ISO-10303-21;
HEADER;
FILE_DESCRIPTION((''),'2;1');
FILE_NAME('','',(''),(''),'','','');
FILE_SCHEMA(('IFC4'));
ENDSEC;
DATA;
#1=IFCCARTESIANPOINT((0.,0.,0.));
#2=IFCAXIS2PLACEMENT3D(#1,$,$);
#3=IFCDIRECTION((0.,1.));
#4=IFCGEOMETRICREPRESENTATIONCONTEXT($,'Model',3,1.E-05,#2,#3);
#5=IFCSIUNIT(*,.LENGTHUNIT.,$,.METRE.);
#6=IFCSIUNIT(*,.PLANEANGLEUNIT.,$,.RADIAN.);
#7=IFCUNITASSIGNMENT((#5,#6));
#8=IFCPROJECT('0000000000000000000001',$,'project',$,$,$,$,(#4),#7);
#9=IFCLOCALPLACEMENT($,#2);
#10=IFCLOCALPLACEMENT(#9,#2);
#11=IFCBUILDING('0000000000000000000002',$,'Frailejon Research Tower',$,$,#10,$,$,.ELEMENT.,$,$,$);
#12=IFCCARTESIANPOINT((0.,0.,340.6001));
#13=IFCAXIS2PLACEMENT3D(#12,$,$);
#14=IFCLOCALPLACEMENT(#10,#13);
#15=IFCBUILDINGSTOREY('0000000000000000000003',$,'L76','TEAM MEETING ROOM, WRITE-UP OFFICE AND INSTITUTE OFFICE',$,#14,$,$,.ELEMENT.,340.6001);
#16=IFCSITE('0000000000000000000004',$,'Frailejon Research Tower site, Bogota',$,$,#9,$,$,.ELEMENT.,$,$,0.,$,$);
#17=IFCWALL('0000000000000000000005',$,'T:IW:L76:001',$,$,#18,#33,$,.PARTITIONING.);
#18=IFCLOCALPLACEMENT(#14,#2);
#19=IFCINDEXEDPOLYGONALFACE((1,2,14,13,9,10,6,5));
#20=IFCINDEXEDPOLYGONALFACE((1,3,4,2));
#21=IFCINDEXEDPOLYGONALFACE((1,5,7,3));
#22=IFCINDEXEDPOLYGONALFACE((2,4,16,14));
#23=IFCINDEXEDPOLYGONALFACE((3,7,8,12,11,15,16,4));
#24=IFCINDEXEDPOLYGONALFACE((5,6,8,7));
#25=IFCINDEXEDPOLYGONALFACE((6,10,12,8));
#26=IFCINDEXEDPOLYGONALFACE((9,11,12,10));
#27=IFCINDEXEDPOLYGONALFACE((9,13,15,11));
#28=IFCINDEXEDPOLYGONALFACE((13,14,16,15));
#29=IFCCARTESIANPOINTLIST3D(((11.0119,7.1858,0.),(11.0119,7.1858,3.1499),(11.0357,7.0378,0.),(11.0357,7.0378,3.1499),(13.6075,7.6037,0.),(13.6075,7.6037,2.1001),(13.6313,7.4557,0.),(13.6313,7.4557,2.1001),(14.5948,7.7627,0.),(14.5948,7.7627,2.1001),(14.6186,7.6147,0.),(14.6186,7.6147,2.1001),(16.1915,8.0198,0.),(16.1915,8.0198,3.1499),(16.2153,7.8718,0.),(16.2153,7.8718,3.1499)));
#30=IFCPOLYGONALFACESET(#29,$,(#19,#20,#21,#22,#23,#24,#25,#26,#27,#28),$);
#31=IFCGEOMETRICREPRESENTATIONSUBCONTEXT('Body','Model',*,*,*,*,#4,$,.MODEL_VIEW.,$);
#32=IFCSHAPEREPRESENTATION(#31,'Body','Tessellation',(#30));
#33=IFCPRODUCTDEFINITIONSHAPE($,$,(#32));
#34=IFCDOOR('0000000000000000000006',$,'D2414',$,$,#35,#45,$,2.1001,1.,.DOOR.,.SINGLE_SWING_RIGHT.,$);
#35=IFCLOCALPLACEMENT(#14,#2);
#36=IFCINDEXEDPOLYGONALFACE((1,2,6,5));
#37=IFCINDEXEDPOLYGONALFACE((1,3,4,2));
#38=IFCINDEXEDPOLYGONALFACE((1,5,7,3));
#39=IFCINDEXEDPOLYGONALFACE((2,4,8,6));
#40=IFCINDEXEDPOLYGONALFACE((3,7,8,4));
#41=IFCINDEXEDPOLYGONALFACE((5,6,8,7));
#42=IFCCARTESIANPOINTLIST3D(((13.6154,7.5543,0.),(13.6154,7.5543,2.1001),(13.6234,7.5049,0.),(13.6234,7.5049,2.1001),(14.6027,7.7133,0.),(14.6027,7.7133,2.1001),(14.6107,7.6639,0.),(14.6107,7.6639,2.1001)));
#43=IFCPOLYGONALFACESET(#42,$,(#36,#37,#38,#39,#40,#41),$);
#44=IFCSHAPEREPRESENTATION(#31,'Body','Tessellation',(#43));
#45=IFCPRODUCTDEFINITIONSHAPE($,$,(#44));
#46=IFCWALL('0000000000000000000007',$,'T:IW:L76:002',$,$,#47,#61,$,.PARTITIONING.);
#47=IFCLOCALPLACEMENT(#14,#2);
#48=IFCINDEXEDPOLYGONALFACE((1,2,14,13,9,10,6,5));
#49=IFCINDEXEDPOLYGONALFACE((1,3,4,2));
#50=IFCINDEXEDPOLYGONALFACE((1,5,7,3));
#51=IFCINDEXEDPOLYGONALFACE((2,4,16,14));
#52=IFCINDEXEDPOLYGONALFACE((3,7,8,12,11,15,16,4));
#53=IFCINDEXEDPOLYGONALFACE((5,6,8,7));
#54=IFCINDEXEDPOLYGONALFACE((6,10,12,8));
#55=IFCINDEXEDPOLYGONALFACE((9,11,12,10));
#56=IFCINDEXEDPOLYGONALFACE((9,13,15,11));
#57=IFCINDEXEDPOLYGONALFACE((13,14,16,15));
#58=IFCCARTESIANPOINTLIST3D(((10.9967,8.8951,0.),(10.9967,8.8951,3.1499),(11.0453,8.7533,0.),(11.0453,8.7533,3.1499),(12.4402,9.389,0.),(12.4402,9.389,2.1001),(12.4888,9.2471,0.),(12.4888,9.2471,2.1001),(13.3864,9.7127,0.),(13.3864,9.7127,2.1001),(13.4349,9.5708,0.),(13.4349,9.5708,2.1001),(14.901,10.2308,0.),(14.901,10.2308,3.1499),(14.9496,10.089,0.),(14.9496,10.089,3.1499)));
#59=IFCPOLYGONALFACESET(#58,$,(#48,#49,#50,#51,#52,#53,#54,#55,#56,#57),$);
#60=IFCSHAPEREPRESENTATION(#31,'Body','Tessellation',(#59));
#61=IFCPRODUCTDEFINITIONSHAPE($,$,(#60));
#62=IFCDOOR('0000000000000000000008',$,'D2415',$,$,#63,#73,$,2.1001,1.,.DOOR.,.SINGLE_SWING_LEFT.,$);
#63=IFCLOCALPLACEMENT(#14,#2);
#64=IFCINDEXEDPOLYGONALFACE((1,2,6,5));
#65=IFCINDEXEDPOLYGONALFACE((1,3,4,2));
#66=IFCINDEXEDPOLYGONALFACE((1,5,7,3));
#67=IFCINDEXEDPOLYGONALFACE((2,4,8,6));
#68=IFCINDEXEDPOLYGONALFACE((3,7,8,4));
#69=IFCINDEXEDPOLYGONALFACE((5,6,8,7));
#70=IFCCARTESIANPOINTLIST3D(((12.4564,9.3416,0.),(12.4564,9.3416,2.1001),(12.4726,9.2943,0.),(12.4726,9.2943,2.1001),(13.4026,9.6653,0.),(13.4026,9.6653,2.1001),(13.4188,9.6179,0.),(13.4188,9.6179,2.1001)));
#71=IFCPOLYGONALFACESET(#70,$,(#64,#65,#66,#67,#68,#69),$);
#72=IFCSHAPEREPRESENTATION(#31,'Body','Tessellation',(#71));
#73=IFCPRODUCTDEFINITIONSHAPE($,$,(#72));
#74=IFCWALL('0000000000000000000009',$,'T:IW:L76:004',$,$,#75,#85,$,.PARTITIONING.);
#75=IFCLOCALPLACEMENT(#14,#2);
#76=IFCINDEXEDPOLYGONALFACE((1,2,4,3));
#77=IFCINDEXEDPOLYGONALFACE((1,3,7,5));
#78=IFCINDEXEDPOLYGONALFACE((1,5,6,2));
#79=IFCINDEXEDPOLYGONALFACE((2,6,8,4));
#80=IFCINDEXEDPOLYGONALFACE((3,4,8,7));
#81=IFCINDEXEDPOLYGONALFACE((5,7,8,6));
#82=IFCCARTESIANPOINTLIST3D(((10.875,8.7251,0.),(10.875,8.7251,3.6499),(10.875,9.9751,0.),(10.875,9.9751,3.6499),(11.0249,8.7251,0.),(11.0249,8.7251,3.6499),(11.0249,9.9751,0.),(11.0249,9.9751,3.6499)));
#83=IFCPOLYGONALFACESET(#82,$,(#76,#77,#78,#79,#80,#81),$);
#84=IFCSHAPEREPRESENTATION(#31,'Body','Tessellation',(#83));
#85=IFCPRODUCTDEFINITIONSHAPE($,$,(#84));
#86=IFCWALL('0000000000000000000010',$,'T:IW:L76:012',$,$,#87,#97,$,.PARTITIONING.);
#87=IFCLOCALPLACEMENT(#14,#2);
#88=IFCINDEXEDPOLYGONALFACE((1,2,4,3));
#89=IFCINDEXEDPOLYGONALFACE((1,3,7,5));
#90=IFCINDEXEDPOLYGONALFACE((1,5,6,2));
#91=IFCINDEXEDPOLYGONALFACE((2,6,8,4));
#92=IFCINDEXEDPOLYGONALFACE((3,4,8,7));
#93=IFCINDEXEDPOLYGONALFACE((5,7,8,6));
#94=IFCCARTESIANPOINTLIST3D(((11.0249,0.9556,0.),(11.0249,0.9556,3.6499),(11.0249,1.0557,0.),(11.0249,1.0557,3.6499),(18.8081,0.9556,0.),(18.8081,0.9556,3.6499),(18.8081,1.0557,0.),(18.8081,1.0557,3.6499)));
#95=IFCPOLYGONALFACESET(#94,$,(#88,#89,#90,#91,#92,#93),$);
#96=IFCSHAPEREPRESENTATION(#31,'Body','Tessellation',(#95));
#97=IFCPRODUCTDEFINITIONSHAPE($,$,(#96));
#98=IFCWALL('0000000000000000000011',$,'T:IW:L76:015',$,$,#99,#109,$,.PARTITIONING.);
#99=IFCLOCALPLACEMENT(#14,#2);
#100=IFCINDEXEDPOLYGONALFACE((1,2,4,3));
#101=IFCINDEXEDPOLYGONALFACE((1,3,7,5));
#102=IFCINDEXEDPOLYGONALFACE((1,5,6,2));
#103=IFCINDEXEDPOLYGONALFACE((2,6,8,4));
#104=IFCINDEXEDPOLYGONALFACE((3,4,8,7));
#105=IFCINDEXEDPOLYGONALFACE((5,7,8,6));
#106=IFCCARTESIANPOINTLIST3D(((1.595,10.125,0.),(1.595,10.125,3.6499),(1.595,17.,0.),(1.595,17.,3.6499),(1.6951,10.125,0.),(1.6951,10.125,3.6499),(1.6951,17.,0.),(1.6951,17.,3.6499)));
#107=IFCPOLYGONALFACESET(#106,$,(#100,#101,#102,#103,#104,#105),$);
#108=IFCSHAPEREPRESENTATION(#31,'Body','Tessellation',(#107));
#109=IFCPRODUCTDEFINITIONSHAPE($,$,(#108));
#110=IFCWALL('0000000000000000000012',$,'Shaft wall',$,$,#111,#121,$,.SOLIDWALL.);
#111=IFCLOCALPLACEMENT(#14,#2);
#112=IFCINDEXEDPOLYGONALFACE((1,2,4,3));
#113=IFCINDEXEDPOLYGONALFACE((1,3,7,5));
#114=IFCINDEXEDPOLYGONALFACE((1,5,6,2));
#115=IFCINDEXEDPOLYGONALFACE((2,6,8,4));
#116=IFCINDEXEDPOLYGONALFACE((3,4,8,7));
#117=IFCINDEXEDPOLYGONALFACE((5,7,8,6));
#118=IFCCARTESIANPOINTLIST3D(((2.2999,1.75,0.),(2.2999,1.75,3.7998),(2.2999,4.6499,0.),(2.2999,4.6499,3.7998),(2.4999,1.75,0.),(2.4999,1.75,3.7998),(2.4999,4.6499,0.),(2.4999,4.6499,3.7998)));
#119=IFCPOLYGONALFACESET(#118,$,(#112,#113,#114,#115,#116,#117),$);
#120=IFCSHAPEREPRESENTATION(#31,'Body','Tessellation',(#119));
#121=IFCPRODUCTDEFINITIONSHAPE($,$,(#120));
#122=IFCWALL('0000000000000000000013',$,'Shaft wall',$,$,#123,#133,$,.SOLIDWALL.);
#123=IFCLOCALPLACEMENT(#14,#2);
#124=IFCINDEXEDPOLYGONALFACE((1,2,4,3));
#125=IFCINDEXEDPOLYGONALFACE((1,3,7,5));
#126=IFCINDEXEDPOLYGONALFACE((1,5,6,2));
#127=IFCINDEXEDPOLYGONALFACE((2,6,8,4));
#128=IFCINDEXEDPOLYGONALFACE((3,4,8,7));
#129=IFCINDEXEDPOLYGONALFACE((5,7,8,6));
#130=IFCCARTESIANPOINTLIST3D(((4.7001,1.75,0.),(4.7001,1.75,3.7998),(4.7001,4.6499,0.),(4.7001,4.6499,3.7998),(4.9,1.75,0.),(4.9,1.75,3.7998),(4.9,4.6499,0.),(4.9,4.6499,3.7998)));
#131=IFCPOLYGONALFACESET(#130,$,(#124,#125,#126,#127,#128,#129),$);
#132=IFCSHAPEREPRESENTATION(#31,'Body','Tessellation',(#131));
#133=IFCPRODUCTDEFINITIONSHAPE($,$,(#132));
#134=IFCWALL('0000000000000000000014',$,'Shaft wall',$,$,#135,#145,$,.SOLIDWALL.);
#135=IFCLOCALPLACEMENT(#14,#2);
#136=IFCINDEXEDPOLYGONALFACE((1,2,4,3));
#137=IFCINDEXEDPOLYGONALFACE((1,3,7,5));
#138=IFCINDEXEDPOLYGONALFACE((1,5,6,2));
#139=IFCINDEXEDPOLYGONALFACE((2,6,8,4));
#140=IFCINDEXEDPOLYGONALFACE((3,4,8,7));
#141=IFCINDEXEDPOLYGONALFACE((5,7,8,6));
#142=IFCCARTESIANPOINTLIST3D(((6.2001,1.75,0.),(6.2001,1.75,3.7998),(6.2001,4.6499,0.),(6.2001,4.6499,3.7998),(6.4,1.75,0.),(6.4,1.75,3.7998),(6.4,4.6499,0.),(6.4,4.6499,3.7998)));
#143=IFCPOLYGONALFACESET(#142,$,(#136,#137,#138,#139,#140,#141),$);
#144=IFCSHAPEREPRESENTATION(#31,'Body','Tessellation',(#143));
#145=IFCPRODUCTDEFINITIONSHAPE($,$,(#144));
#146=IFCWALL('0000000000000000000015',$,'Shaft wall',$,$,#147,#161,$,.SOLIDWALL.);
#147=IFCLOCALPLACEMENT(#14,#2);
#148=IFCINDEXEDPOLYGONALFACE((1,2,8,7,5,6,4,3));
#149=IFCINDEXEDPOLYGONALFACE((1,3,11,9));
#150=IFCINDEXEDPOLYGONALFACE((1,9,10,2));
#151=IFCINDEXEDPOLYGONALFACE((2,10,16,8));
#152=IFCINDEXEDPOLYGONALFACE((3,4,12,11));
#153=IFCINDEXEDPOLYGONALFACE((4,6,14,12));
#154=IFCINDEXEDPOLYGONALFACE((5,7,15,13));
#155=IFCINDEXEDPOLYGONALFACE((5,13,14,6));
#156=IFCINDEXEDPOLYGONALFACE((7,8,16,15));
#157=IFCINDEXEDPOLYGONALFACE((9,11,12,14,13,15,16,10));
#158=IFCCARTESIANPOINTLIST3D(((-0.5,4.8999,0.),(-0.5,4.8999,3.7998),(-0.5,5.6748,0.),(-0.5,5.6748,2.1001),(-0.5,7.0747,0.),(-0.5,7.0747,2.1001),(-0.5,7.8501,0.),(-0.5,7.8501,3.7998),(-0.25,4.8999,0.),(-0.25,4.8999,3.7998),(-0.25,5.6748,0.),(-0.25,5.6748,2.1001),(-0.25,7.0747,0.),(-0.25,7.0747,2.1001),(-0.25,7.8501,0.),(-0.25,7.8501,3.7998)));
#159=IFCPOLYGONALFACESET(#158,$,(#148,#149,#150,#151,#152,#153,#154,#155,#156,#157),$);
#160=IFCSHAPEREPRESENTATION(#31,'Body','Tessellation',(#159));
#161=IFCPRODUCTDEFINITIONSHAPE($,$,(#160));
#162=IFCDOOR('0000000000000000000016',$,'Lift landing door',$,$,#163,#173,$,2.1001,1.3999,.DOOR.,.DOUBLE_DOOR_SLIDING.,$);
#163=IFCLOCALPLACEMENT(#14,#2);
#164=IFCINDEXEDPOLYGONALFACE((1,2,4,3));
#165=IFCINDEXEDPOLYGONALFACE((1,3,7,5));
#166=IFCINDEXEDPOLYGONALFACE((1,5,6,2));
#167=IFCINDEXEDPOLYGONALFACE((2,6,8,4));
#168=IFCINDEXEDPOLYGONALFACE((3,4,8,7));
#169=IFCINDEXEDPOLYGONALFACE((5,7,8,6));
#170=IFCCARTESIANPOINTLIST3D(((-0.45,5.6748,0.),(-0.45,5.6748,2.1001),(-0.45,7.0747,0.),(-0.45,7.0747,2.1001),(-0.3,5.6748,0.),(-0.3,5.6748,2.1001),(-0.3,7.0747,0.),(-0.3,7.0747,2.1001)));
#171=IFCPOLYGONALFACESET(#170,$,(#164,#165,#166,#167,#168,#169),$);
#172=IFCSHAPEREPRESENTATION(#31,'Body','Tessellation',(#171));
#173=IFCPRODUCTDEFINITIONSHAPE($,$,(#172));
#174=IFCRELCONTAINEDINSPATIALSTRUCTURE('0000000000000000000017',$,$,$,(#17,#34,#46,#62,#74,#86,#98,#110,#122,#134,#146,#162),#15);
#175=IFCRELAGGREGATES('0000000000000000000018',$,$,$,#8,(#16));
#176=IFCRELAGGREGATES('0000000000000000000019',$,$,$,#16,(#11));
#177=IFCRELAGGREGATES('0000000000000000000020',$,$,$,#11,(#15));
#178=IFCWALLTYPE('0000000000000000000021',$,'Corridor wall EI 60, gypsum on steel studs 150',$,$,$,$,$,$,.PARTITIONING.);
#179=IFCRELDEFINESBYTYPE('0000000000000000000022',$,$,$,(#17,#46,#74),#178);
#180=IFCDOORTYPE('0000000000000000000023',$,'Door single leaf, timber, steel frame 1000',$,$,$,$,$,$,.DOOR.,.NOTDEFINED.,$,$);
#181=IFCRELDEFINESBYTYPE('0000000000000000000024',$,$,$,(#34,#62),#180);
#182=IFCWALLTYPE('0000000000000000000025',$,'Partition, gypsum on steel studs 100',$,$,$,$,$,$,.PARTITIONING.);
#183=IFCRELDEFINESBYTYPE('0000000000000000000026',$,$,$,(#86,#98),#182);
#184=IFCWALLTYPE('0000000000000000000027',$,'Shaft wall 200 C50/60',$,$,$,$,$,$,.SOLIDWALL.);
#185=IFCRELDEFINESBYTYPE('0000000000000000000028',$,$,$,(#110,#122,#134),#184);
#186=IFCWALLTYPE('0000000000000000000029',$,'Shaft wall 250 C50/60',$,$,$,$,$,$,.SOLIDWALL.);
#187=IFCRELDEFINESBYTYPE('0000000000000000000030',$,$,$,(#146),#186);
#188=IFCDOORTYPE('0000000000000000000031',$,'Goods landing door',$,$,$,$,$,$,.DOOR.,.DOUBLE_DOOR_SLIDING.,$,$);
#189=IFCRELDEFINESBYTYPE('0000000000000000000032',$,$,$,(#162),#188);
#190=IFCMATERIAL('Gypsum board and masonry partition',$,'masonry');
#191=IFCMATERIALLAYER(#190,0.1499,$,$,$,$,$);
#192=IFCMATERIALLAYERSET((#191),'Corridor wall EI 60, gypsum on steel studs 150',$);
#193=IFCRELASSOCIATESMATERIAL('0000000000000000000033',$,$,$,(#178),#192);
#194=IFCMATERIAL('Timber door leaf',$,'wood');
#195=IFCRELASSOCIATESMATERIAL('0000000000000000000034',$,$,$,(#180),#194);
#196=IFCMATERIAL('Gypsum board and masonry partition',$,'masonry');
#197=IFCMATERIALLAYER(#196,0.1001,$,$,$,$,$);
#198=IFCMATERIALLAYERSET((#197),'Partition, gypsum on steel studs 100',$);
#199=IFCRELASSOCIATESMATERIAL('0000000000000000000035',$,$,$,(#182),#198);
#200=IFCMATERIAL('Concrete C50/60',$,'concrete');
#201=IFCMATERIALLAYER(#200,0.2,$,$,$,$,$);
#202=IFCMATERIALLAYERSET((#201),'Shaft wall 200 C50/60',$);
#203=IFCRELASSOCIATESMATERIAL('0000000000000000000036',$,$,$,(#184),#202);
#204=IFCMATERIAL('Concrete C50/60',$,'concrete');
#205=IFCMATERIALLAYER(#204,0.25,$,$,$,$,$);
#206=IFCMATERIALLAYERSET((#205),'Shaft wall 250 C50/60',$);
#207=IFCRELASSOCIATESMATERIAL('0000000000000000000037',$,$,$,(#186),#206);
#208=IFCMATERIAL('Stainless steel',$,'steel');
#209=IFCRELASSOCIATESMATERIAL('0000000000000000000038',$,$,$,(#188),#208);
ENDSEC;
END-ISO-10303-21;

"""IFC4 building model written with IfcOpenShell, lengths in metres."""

from ifc_helpers import new_model, si_unit, direction, frame, frame_2d, origin, place, context, subcontext, project, spatial, rectangle, extrude, material, layer, layer_set, type_object, element, fill, save


model = new_model("IFC4")

# Units and contexts
model_context = context("Model", 3, precision=1e-05, world=origin(), true_north=direction((0.0, 1.0)))
body_context = subcontext(model_context, "Body", "Model", "MODEL_VIEW")
ifc_project = project(units=[si_unit("LENGTHUNIT", "METRE"), si_unit("PLANEANGLEUNIT", "RADIAN")], contexts=[model_context])

# Site, building, storey
site_placement = place(None, origin())
site = spatial("IfcSite", under=ifc_project, at=site_placement, Name="Frailejon Research Tower site, Bogota", CompositionType="ELEMENT", RefElevation=0.0)
building_placement = place(site_placement, origin())
building = spatial("IfcBuilding", under=site, at=building_placement, Name="Frailejon Research Tower", CompositionType="ELEMENT")
storey_placement = place(building_placement, frame((0.0, 0.0, 340.6001)))
storey = spatial("IfcBuildingStorey", under=building, at=storey_placement, Name="L76", Description="TEAM MEETING ROOM, WRITE-UP OFFICE AND INSTITUTE OFFICE", CompositionType="ELEMENT", Elevation=340.6001)

# Walls, openings, doors
ifc_material_1 = material(Name="Gypsum board and masonry partition", Category="masonry")
ifc_layer_1 = layer(ifc_material_1, 0.1499)
ifc_layer_set_1 = layer_set([ifc_layer_1], Name="Corridor wall EI 60, gypsum on steel studs 150")
wall_type_1 = type_object("IfcWallType", Name="Corridor wall EI 60, gypsum on steel studs 150", PredefinedType="PARTITIONING", material=ifc_layer_set_1)
wall_1_placement = place(storey_placement, frame((11.0239, 7.1118, 0.0), z_axis=(0.0, 0.0, 1.0), x_axis=(0.987285, 0.158963, 0.0)))
wall_1 = element("IfcWall", 1, at=wall_1_placement, inside=storey, type_object=wall_type_1, Name="T:IW:L76:001", PredefinedType="PARTITIONING", context=body_context, shape_type="SweptSolid", body=[
    extrude(rectangle(XDim=5.2463, YDim=0.1499, at=frame_2d((2.623, 0.0))), origin(), (0.0, 0.0, 1.0), 3.1499),
])
opening_1_placement = place(wall_1_placement, frame((2.6289, 0.0, 0.0)))
opening_1 = element("IfcOpeningElement", 2, at=opening_1_placement, cuts=wall_1, PredefinedType="OPENING", context=body_context, shape_type="SweptSolid", body=[
    extrude(rectangle(XDim=1.0, YDim=2.1001, at=frame_2d((0.5, 1.05))), frame((0.0, 0.085, 0.0), z_axis=(0.0, -1.0, 0.0), x_axis=(1.0, 0.0, 0.0)), (0.0, 0.0, 1.0), 0.1699),
])
ifc_material_2 = material(Name="Timber door leaf", Category="wood")
door_type_1 = type_object("IfcDoorType", Name="Door single leaf, timber, steel frame 1000", OperationType="NOTDEFINED", PredefinedType="DOOR", material=ifc_material_2)
door_1_placement = place(opening_1_placement, origin())
door_1 = element("IfcDoor", 3, at=door_1_placement, inside=storey, type_object=door_type_1, Name="D2414", OperationType="SINGLE_SWING_RIGHT", OverallHeight=2.1001, OverallWidth=1.0, PredefinedType="DOOR", context=body_context, shape_type="SweptSolid", body=[
    extrude(rectangle(XDim=1.0, YDim=2.1001, at=frame_2d((0.5, 1.05))), frame((0.0, 0.0249, 0.0), z_axis=(0.0, -1.0, 0.0), x_axis=(1.0, 0.0, 0.0)), (0.0, 0.0, 1.0), 0.05),
])
fill(opening_1, door_1)
wall_2_placement = place(storey_placement, frame((11.021, 8.8242, 0.0), z_axis=(0.0, 0.0, 1.0), x_axis=(0.946163, 0.32369, 0.0)))
wall_2 = element("IfcWall", 4, at=wall_2_placement, inside=storey, type_object=wall_type_1, Name="T:IW:L76:002", PredefinedType="PARTITIONING", context=body_context, shape_type="SweptSolid", body=[
    extrude(rectangle(XDim=4.1265, YDim=0.1499, at=frame_2d((2.0632, 0.0))), origin(), (0.0, 0.0, 1.0), 3.1499),
])
opening_2_placement = place(wall_2_placement, frame((1.5256, 0.0, 0.0)))
opening_2 = element("IfcOpeningElement", 5, at=opening_2_placement, cuts=wall_2, PredefinedType="OPENING", context=body_context, shape_type="SweptSolid", body=[
    extrude(rectangle(XDim=1.0, YDim=2.1001, at=frame_2d((0.5, 1.05))), frame((0.0, 0.085, 0.0), z_axis=(0.0, -1.0, 0.0), x_axis=(1.0, 0.0, 0.0)), (0.0, 0.0, 1.0), 0.1699),
])
door_2_placement = place(opening_2_placement, origin())
door_2 = element("IfcDoor", 6, at=door_2_placement, inside=storey, type_object=door_type_1, Name="D2415", OperationType="SINGLE_SWING_LEFT", OverallHeight=2.1001, OverallWidth=1.0, PredefinedType="DOOR", context=body_context, shape_type="SweptSolid", body=[
    extrude(rectangle(XDim=1.0, YDim=2.1001, at=frame_2d((0.5, 1.05))), frame((0.0, 0.0249, 0.0), z_axis=(0.0, -1.0, 0.0), x_axis=(1.0, 0.0, 0.0)), (0.0, 0.0, 1.0), 0.05),
])
fill(opening_2, door_2)

# Walls
wall_3_placement = place(storey_placement, frame((10.95, 8.7251, 0.0), z_axis=(0.0, 0.0, 1.0), x_axis=(0.0, 1.0, 0.0)))
element("IfcWall", 7, at=wall_3_placement, inside=storey, type_object=wall_type_1, Name="T:IW:L76:004", PredefinedType="PARTITIONING", context=body_context, shape_type="SweptSolid", body=[
    extrude(rectangle(XDim=1.25, YDim=0.1499, at=frame_2d((0.625, 0.0))), origin(), (0.0, 0.0, 1.0), 3.6499),
])
ifc_material_3 = material(Name="Gypsum board and masonry partition", Category="masonry")
ifc_layer_2 = layer(ifc_material_3, 0.1001)
ifc_layer_set_2 = layer_set([ifc_layer_2], Name="Partition, gypsum on steel studs 100")
wall_type_2 = type_object("IfcWallType", Name="Partition, gypsum on steel studs 100", PredefinedType="PARTITIONING", material=ifc_layer_set_2)
wall_4_placement = place(storey_placement, frame((11.0249, 1.0056, 0.0), z_axis=(0.0, 0.0, 1.0), x_axis=(1.0, 0.0, 0.0)))
element("IfcWall", 8, at=wall_4_placement, inside=storey, type_object=wall_type_2, Name="T:IW:L76:012", PredefinedType="PARTITIONING", context=body_context, shape_type="SweptSolid", body=[
    extrude(rectangle(XDim=7.7832, YDim=0.1001, at=frame_2d((3.8916, 0.0))), origin(), (0.0, 0.0, 1.0), 3.6499),
])
wall_5_placement = place(storey_placement, frame((1.645, 10.125, 0.0), z_axis=(0.0, 0.0, 1.0), x_axis=(0.0, 1.0, 0.0)))
element("IfcWall", 9, at=wall_5_placement, inside=storey, type_object=wall_type_2, Name="T:IW:L76:015", PredefinedType="PARTITIONING", context=body_context, shape_type="SweptSolid", body=[
    extrude(rectangle(XDim=6.875, YDim=0.1001, at=frame_2d((3.4375, 0.0))), origin(), (0.0, 0.0, 1.0), 3.6499),
])
ifc_material_4 = material(Name="Concrete C50/60", Category="concrete")
ifc_layer_3 = layer(ifc_material_4, 0.2)
ifc_layer_set_3 = layer_set([ifc_layer_3], Name="Shaft wall 200 C50/60")
wall_type_3 = type_object("IfcWallType", Name="Shaft wall 200 C50/60", PredefinedType="SOLIDWALL", material=ifc_layer_set_3)
for number, where, z_axis, x_axis, name in (
    (10, (2.3999, 1.75, 0.0), (0.0, 0.0, 1.0), (0.0, 1.0, 0.0), "Shaft wall"),
    (11, (4.8, 1.75, 0.0), (0.0, 0.0, 1.0), (0.0, 1.0, 0.0), "Shaft wall"),
    (12, (6.3, 1.75, 0.0), (0.0, 0.0, 1.0), (0.0, 1.0, 0.0), "Shaft wall"),
):
    element("IfcWall", number, at=place(storey_placement, frame(where, z_axis=z_axis, x_axis=x_axis)), inside=storey, type_object=wall_type_3, Name=name, PredefinedType="SOLIDWALL", context=body_context, shape_type="SweptSolid", body=[
        extrude(rectangle(XDim=2.8999, YDim=0.2, at=frame_2d((1.45, 0.0))), origin(), (0.0, 0.0, 1.0), 3.7998),
    ])

# Wall, opening, door
ifc_material_5 = material(Name="Concrete C50/60", Category="concrete")
ifc_layer_4 = layer(ifc_material_5, 0.25)
ifc_layer_set_4 = layer_set([ifc_layer_4], Name="Shaft wall 250 C50/60")
wall_type_4 = type_object("IfcWallType", Name="Shaft wall 250 C50/60", PredefinedType="SOLIDWALL", material=ifc_layer_set_4)
wall_6_placement = place(storey_placement, frame((-0.375, 4.8999, 0.0), z_axis=(0.0, 0.0, 1.0), x_axis=(0.0, 1.0, 0.0)))
wall_6 = element("IfcWall", 13, at=wall_6_placement, inside=storey, type_object=wall_type_4, Name="Shaft wall", PredefinedType="SOLIDWALL", context=body_context, shape_type="SweptSolid", body=[
    extrude(rectangle(XDim=2.9502, YDim=0.25, at=frame_2d((1.4751, 0.0))), origin(), (0.0, 0.0, 1.0), 3.7998),
])
opening_3_placement = place(wall_6_placement, frame((0.7749, 0.0, 0.0)))
opening_3 = element("IfcOpeningElement", 14, at=opening_3_placement, cuts=wall_6, PredefinedType="OPENING", context=body_context, shape_type="SweptSolid", body=[
    extrude(rectangle(XDim=1.3999, YDim=2.1001, at=frame_2d((0.7, 1.05))), frame((0.0, 0.135, 0.0), z_axis=(0.0, -1.0, 0.0), x_axis=(1.0, 0.0, 0.0)), (0.0, 0.0, 1.0), 0.27),
])
ifc_material_6 = material(Name="Stainless steel", Category="steel")
door_type_2 = type_object("IfcDoorType", Name="Goods landing door", OperationType="DOUBLE_DOOR_SLIDING", PredefinedType="DOOR", material=ifc_material_6)
door_3_placement = place(opening_3_placement, origin())
door_3 = element("IfcDoor", 15, at=door_3_placement, inside=storey, type_object=door_type_2, Name="Lift landing door", OperationType="DOUBLE_DOOR_SLIDING", OverallHeight=2.1001, OverallWidth=1.3999, PredefinedType="DOOR", context=body_context, shape_type="SweptSolid", body=[
    extrude(rectangle(XDim=1.3999, YDim=2.1001, at=frame_2d((0.7, 1.05))), frame((0.0, 0.075, 0.0), z_axis=(0.0, -1.0, 0.0), x_axis=(1.0, 0.0, 0.0)), (0.0, 0.0, 1.0), 0.1499),
])
fill(opening_3, door_3)

save(model, "model.ifc")
